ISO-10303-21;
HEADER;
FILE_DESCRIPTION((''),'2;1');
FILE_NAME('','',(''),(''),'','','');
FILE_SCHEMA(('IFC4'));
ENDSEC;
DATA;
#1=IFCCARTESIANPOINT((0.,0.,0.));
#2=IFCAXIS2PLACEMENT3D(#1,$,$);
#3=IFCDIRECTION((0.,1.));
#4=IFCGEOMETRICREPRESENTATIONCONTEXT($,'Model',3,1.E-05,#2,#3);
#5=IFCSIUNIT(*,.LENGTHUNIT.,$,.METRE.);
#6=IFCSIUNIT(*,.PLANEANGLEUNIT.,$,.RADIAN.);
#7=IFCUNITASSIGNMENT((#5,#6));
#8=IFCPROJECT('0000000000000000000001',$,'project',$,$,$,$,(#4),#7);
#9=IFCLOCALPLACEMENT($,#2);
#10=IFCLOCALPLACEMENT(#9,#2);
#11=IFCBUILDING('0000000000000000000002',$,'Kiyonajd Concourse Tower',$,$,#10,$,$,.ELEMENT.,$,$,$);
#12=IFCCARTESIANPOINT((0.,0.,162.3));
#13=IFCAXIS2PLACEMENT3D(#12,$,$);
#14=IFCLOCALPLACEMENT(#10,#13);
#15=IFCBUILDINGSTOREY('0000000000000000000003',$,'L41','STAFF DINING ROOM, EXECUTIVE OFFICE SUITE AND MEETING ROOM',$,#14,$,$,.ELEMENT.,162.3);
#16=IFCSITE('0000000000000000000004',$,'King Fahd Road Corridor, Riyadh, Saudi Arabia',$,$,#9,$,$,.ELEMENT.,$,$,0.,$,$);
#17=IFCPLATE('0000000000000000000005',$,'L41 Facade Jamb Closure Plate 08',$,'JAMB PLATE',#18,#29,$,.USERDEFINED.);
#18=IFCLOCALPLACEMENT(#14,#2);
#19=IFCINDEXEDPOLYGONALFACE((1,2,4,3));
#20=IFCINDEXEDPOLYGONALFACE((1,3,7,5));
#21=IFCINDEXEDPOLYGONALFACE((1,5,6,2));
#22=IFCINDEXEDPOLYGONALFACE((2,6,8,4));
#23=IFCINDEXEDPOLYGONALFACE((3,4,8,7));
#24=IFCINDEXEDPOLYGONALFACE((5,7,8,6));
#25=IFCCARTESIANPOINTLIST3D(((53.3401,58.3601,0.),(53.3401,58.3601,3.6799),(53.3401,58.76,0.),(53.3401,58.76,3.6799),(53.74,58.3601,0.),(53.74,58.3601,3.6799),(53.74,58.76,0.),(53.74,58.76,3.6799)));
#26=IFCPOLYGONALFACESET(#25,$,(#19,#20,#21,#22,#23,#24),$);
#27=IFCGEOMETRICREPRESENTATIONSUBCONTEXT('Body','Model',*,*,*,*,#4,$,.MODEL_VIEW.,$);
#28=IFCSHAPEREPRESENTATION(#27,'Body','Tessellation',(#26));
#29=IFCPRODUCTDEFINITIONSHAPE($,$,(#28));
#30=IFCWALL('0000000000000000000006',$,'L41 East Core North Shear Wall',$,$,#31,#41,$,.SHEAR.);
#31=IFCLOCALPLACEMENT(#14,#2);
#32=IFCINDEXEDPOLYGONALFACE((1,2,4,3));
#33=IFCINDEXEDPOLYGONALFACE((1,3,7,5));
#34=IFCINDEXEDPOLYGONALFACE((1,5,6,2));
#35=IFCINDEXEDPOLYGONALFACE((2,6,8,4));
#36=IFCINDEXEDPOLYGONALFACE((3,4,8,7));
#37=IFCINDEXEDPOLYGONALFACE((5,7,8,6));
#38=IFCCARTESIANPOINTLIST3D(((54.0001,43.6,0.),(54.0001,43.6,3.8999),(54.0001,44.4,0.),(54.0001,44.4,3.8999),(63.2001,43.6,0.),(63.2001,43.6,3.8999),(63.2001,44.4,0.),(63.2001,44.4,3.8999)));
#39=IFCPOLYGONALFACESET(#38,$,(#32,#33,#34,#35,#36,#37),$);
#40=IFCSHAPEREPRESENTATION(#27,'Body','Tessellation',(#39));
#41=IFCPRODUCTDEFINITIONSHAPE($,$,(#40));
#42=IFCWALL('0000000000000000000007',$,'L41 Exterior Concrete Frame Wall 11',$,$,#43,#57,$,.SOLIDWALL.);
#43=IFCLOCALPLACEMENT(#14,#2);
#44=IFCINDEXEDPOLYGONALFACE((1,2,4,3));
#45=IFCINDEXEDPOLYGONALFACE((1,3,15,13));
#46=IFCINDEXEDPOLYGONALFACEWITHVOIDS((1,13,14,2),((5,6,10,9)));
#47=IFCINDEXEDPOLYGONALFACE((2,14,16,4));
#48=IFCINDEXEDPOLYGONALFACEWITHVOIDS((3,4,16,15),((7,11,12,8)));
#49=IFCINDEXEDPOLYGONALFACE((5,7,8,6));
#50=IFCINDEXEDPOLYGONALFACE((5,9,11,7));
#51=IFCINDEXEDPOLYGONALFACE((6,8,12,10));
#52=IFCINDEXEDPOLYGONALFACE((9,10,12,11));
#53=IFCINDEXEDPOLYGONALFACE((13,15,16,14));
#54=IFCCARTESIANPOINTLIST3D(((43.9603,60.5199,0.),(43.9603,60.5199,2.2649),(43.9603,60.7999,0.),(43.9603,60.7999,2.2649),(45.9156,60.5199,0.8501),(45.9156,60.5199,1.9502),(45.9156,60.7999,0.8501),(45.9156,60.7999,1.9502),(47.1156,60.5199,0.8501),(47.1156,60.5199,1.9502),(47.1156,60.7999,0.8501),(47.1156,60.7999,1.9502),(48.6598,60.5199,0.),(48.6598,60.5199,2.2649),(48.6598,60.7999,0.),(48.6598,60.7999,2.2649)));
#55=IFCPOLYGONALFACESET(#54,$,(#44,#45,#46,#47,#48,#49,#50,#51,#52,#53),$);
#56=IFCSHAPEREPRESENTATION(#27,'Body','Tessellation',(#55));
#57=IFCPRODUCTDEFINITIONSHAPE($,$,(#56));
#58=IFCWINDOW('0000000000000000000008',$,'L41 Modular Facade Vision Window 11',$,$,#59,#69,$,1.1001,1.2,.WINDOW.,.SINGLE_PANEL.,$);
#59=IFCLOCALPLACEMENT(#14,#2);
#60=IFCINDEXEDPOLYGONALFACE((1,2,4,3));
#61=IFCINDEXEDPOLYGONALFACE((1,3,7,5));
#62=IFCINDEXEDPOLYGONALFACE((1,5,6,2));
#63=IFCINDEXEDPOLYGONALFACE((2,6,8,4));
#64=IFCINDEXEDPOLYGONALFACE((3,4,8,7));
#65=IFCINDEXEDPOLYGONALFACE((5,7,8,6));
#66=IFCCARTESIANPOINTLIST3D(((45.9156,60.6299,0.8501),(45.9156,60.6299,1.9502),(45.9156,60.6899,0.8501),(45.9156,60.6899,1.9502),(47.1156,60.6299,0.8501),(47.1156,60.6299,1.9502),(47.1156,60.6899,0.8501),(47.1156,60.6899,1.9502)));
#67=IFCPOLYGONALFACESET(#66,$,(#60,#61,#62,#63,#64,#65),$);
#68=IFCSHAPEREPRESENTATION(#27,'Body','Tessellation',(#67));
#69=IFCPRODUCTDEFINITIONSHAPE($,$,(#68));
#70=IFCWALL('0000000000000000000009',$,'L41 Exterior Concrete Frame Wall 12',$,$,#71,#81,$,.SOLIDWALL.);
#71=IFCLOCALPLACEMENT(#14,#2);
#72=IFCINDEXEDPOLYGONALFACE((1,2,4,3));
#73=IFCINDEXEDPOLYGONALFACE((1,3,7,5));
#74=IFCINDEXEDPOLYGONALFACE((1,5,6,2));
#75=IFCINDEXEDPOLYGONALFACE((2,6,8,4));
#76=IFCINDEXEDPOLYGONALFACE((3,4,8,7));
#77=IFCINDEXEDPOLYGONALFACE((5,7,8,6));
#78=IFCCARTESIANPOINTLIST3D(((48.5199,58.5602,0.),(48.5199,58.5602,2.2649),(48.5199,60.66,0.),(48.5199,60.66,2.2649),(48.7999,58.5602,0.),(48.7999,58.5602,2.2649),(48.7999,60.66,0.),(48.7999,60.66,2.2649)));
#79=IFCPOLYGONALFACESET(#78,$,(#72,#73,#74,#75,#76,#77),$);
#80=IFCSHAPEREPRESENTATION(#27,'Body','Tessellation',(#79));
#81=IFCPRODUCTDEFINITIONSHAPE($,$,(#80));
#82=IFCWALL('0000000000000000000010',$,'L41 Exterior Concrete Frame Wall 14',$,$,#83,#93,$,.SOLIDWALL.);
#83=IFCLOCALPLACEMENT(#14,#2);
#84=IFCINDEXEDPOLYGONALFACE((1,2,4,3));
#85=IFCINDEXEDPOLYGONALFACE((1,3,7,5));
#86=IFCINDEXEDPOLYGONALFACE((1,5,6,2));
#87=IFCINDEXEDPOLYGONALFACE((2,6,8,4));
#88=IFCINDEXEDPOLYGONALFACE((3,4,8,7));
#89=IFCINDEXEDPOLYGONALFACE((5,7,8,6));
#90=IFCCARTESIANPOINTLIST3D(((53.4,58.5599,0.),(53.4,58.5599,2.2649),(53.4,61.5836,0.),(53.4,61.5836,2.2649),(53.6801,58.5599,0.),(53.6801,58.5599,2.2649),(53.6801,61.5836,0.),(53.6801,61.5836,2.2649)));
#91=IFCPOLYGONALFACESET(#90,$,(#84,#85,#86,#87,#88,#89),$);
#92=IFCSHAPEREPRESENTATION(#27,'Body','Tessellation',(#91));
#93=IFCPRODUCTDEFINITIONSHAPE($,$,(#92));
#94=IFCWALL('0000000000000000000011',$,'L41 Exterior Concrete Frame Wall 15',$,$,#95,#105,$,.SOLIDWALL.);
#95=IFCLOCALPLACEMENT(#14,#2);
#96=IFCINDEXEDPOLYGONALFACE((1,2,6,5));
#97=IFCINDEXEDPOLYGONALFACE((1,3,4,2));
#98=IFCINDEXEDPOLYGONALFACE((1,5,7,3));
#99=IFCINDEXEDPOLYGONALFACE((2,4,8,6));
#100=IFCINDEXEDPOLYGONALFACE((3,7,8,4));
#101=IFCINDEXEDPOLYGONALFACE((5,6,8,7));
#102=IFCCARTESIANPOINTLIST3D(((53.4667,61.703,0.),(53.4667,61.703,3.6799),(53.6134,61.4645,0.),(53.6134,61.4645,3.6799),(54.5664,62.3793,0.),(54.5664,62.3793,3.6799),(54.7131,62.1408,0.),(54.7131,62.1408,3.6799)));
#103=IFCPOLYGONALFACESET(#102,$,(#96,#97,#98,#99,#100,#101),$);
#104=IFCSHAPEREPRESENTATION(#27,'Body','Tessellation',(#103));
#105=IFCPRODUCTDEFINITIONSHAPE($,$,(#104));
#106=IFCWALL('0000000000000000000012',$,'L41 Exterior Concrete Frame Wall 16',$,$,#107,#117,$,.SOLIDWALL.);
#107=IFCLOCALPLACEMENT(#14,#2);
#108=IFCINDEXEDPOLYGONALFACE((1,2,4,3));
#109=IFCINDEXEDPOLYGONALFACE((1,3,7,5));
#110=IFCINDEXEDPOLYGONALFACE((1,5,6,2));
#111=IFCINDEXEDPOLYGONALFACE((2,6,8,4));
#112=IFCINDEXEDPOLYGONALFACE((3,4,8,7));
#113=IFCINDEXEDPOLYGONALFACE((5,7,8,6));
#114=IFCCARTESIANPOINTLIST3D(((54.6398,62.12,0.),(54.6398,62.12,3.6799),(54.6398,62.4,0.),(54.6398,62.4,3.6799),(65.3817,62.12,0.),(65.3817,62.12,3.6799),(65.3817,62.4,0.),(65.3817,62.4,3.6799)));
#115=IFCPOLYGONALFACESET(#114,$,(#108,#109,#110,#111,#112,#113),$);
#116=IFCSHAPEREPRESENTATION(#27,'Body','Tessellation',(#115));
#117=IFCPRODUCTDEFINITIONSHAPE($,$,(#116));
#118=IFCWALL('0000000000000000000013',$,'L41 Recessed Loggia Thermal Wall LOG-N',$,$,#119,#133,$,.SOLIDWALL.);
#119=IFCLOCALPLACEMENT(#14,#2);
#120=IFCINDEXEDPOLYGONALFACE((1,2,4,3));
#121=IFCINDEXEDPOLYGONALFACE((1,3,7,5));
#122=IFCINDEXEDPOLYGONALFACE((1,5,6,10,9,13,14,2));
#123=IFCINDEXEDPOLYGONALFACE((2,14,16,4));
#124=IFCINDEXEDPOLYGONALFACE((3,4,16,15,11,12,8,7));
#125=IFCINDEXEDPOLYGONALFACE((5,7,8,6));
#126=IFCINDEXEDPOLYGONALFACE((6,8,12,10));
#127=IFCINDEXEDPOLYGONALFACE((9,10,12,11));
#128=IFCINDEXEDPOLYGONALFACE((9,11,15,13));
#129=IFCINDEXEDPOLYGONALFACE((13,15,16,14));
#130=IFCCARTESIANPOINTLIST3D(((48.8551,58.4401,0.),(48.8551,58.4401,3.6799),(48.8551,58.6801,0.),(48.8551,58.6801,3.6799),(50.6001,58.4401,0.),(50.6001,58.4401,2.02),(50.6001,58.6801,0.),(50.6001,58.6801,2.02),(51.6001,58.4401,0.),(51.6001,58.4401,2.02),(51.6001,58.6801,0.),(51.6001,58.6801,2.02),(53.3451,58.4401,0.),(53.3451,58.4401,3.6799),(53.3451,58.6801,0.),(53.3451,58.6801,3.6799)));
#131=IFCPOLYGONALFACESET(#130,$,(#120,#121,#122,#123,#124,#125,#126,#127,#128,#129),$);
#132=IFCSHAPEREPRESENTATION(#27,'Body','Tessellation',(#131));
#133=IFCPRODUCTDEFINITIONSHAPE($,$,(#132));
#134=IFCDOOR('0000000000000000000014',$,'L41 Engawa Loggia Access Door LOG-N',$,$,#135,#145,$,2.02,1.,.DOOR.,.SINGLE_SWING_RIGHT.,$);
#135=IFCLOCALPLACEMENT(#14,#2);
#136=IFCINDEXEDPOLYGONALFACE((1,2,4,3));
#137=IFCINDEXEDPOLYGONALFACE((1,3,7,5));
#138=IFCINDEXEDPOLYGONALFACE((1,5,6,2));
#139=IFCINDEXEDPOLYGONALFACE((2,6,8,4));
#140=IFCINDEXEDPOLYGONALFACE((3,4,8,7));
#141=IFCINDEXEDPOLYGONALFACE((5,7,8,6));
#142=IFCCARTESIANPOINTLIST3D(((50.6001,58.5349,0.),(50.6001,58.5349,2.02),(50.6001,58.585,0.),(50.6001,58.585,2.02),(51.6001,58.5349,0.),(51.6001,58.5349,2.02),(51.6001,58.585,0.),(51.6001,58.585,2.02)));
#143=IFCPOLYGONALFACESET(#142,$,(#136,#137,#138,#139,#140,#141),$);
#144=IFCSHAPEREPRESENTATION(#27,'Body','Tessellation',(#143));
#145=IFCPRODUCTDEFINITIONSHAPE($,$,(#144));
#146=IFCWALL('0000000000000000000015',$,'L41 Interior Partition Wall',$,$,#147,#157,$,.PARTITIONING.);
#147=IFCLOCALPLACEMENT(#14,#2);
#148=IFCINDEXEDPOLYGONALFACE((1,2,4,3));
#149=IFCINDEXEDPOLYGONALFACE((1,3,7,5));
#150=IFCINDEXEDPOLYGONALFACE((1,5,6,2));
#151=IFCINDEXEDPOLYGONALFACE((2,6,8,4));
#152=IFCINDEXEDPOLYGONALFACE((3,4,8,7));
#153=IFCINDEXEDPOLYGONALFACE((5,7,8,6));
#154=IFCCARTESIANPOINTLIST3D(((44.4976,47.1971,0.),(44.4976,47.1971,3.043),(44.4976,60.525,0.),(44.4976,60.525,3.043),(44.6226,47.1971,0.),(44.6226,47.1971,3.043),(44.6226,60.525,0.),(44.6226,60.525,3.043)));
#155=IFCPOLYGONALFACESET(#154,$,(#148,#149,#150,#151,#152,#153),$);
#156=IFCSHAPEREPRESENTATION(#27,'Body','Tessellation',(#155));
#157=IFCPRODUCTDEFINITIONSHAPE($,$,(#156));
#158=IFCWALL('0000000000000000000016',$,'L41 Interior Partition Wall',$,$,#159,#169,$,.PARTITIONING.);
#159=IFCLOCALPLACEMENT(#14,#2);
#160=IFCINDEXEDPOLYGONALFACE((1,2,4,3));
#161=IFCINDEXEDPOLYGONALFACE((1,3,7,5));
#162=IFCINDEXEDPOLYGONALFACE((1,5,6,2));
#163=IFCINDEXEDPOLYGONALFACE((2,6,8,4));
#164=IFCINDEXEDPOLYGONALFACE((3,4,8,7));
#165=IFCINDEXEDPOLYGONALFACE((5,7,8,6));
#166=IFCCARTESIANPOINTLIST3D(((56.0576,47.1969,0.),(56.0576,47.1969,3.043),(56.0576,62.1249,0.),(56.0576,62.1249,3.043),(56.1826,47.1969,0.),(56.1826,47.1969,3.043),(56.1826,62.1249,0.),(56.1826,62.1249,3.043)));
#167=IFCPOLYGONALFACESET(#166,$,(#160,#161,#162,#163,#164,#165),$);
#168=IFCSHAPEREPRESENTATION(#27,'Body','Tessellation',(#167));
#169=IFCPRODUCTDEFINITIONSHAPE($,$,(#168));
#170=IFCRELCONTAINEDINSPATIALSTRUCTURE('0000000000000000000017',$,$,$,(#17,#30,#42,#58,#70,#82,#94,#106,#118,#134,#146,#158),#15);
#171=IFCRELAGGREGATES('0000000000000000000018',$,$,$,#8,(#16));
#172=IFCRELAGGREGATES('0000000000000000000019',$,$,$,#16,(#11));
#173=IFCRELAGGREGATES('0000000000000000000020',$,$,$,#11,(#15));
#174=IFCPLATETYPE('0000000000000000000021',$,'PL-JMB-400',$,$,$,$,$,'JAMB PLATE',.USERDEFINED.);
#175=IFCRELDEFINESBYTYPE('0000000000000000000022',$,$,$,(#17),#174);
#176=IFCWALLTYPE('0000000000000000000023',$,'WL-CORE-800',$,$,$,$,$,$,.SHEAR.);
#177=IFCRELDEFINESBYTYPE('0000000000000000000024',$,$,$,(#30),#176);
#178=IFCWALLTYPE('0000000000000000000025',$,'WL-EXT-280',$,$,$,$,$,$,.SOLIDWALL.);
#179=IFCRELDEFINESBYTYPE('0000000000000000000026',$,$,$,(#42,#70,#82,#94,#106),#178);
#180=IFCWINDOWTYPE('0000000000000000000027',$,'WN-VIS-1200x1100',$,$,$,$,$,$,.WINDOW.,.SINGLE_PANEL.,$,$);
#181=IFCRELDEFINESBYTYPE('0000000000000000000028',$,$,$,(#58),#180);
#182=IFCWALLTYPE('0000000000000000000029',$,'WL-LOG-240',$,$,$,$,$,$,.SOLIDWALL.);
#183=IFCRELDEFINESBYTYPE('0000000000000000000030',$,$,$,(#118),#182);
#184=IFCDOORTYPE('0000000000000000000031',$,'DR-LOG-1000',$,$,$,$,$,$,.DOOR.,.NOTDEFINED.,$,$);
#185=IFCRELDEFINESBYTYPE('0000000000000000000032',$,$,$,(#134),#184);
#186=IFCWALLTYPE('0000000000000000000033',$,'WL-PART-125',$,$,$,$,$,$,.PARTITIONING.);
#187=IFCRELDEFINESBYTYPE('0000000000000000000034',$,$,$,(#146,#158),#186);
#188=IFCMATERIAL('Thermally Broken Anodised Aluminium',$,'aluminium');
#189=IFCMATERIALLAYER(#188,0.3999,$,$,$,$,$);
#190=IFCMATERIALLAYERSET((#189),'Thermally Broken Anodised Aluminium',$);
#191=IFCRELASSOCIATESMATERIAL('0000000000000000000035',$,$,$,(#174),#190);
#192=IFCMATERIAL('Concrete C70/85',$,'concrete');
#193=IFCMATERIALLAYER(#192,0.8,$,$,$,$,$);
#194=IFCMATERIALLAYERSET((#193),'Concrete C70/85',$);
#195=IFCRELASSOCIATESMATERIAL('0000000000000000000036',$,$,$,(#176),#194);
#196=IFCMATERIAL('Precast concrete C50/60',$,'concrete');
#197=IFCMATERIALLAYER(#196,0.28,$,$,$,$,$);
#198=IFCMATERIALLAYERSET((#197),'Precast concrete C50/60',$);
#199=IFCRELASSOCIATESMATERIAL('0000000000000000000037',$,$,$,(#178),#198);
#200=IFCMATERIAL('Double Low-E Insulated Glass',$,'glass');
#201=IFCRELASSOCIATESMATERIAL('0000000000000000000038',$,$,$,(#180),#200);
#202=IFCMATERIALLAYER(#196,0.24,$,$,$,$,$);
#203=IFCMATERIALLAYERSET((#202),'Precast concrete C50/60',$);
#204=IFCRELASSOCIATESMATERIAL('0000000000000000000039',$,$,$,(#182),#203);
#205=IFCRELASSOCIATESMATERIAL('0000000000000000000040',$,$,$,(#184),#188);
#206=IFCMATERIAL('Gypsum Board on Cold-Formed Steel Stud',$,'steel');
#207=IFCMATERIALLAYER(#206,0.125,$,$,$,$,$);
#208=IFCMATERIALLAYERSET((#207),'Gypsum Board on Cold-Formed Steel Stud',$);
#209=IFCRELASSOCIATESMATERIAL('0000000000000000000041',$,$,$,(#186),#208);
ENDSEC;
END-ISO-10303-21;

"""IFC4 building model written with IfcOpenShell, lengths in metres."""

from ifc_helpers import new_model, si_unit, direction, frame, frame_2d, origin, origin_2d, place, context, subcontext, project, spatial, rectangle, extrude, material, layer, layer_set, type_object, element, fill, save


model = new_model("IFC4")

# Units and contexts
model_context = context("Model", 3, precision=1e-05, world=origin(), true_north=direction((0.0, 1.0)))
body_context = subcontext(model_context, "Body", "Model", "MODEL_VIEW")
ifc_project = project(units=[si_unit("LENGTHUNIT", "METRE"), si_unit("PLANEANGLEUNIT", "RADIAN")], contexts=[model_context])

# Site, building, storey
site_placement = place(None, origin())
site = spatial("IfcSite", under=ifc_project, at=site_placement, Name="King Fahd Road Corridor, Riyadh, Saudi Arabia", CompositionType="ELEMENT", RefElevation=0.0)
building_placement = place(site_placement, origin())
building = spatial("IfcBuilding", under=site, at=building_placement, Name="Kiyonajd Concourse Tower", CompositionType="ELEMENT")
storey_placement = place(building_placement, frame((0.0, 0.0, 162.3)))
storey = spatial("IfcBuildingStorey", under=building, at=storey_placement, Name="L41", Description="STAFF DINING ROOM, EXECUTIVE OFFICE SUITE AND MEETING ROOM", CompositionType="ELEMENT", Elevation=162.3)

# Shared definitions
ifc_material_1 = material(Name="Concrete C70/85", Category="concrete")

# Plate
ifc_material_2 = material(Name="Thermally Broken Anodised Aluminium", Category="aluminium")
ifc_layer_1 = layer(ifc_material_2, 0.3999)
ifc_layer_set_1 = layer_set([ifc_layer_1], Name="Thermally Broken Anodised Aluminium")
plate_type_1 = type_object("IfcPlateType", Name="PL-JMB-400", ElementType="JAMB PLATE", PredefinedType="USERDEFINED", material=ifc_layer_set_1)
for number, where, z_axis, x_axis, name in (
    (1, (53.54, 58.5601, 0.0), (0.0, 0.0, 1.0), (1.0, 0.0, 0.0), "L41 Facade Jamb Closure Plate 08"),
):
    element("IfcPlate", number, at=place(storey_placement, frame(where, z_axis=z_axis, x_axis=x_axis)), inside=storey, type_object=plate_type_1, Name=name, ObjectType="JAMB PLATE", PredefinedType="USERDEFINED", context=body_context, shape_type="SweptSolid", body=[
        extrude(rectangle(XDim=0.3999, YDim=0.3999, at=origin_2d()), origin(), (0.0, 0.0, 1.0), 3.6799),
    ])

# Wall
ifc_layer_2 = layer(ifc_material_1, 0.8)
ifc_layer_set_2 = layer_set([ifc_layer_2], Name="Concrete C70/85")
wall_type_1 = type_object("IfcWallType", Name="WL-CORE-800", PredefinedType="SHEAR", material=ifc_layer_set_2)
wall_1_placement = place(storey_placement, frame((54.0, 44.0, 0.0), z_axis=(0.0, 0.0, 1.0), x_axis=(1.0, 0.0, 0.0)))
element("IfcWall", 2, at=wall_1_placement, inside=storey, type_object=wall_type_1, Name="L41 East Core North Shear Wall", PredefinedType="SHEAR", context=body_context, shape_type="SweptSolid", body=[
    extrude(rectangle(XDim=9.2, YDim=0.8, at=frame_2d((4.6001, 0.0))), origin(), (0.0, 0.0, 1.0), 3.8999),
])

# Wall, opening, window
ifc_material_3 = material(Name="Precast concrete C50/60", Category="concrete")
ifc_layer_3 = layer(ifc_material_3, 0.28)
ifc_layer_set_3 = layer_set([ifc_layer_3], Name="Precast concrete C50/60")
wall_type_2 = type_object("IfcWallType", Name="WL-EXT-280", PredefinedType="SOLIDWALL", material=ifc_layer_set_3)
wall_2_placement = place(storey_placement, frame((43.9604, 60.6599, 0.0), z_axis=(0.0, 0.0, 1.0), x_axis=(1.0, 0.0, 0.0)))
wall_2 = element("IfcWall", 3, at=wall_2_placement, inside=storey, type_object=wall_type_2, Name="L41 Exterior Concrete Frame Wall 11", PredefinedType="SOLIDWALL", context=body_context, shape_type="SweptSolid", body=[
    extrude(rectangle(XDim=4.6995, YDim=0.28, at=frame_2d((2.3496, 0.0))), origin(), (0.0, 0.0, 1.0), 2.2649),
])
opening_1_placement = place(wall_2_placement, frame((1.9551, 0.0, 0.8501)))
opening_1 = element("IfcOpeningElement", 4, at=opening_1_placement, cuts=wall_2, PredefinedType="OPENING", context=body_context, shape_type="SweptSolid", body=[
    extrude(rectangle(XDim=1.2, YDim=1.1001, at=frame_2d((0.6001, 0.55))), frame((0.0, 0.1499, 0.0), z_axis=(0.0, -1.0, 0.0), x_axis=(1.0, 0.0, 0.0)), (0.0, 0.0, 1.0), 0.3),
])
ifc_material_4 = material(Name="Double Low-E Insulated Glass", Category="glass")
window_type = type_object("IfcWindowType", Name="WN-VIS-1200x1100", PartitioningType="SINGLE_PANEL", PredefinedType="WINDOW", material=ifc_material_4)
window_placement = place(opening_1_placement, origin())
window = element("IfcWindow", 5, at=window_placement, inside=storey, type_object=window_type, Name="L41 Modular Facade Vision Window 11", OverallHeight=1.1001, OverallWidth=1.2, PartitioningType="SINGLE_PANEL", PredefinedType="WINDOW", context=body_context, shape_type="SweptSolid", body=[
    extrude(rectangle(XDim=1.2, YDim=1.1001, at=frame_2d((0.6001, 0.55))), frame((0.0, 0.03, 0.0), z_axis=(0.0, -1.0, 0.0), x_axis=(1.0, 0.0, 0.0)), (0.0, 0.0, 1.0), 0.0601),
])
fill(opening_1, window)

# Walls
wall_3_placement = place(storey_placement, frame((48.6599, 60.6599, 0.0), z_axis=(0.0, 0.0, 1.0), x_axis=(0.0, -1.0, 0.0)))
element("IfcWall", 6, at=wall_3_placement, inside=storey, type_object=wall_type_2, Name="L41 Exterior Concrete Frame Wall 12", PredefinedType="SOLIDWALL", context=body_context, shape_type="SweptSolid", body=[
    extrude(rectangle(XDim=2.0999, YDim=0.28, at=frame_2d((1.0498, 0.0))), origin(), (0.0, 0.0, 1.0), 2.2649),
])
wall_4_placement = place(storey_placement, frame((53.54, 58.5601, 0.0), z_axis=(0.0, 0.0, 1.0), x_axis=(0.0, 1.0, 0.0)))
element("IfcWall", 7, at=wall_4_placement, inside=storey, type_object=wall_type_2, Name="L41 Exterior Concrete Frame Wall 14", PredefinedType="SOLIDWALL", context=body_context, shape_type="SweptSolid", body=[
    extrude(rectangle(XDim=3.0237, YDim=0.28, at=frame_2d((1.5117, 0.0))), origin(), (0.0, 0.0, 1.0), 2.2649),
])
wall_5_placement = place(storey_placement, frame((53.54, 61.5837, 0.0), z_axis=(0.0, 0.0, 1.0), x_axis=(0.851801, 0.523865, 0.0)))
element("IfcWall", 8, at=wall_5_placement, inside=storey, type_object=wall_type_2, Name="L41 Exterior Concrete Frame Wall 15", PredefinedType="SOLIDWALL", context=body_context, shape_type="SweptSolid", body=[
    extrude(rectangle(XDim=1.291, YDim=0.28, at=frame_2d((0.6455, 0.0))), origin(), (0.0, 0.0, 1.0), 3.6799),
])
wall_6_placement = place(storey_placement, frame((54.6396, 62.26, 0.0), z_axis=(0.0, 0.0, 1.0), x_axis=(1.0, 0.0, 0.0)))
element("IfcWall", 9, at=wall_6_placement, inside=storey, type_object=wall_type_2, Name="L41 Exterior Concrete Frame Wall 16", PredefinedType="SOLIDWALL", context=body_context, shape_type="SweptSolid", body=[
    extrude(rectangle(XDim=10.7419, YDim=0.28, at=frame_2d((5.3711, 0.0))), origin(), (0.0, 0.0, 1.0), 3.6799),
])

# Wall, opening, door
ifc_layer_4 = layer(ifc_material_3, 0.24)
ifc_layer_set_4 = layer_set([ifc_layer_4], Name="Precast concrete C50/60")
wall_type_3 = type_object("IfcWallType", Name="WL-LOG-240", PredefinedType="SOLIDWALL", material=ifc_layer_set_4)
wall_7_placement = place(storey_placement, frame((48.855, 58.5601, 0.0), z_axis=(0.0, 0.0, 1.0), x_axis=(1.0, 0.0, 0.0)))
wall_7 = element("IfcWall", 10, at=wall_7_placement, inside=storey, type_object=wall_type_3, Name="L41 Recessed Loggia Thermal Wall LOG-N", PredefinedType="SOLIDWALL", context=body_context, shape_type="SweptSolid", body=[
    extrude(rectangle(XDim=4.49, YDim=0.24, at=frame_2d((2.2451, 0.0))), origin(), (0.0, 0.0, 1.0), 3.6799),
])
opening_2_placement = place(wall_7_placement, frame((1.7451, 0.0, 0.0)))
opening_2 = element("IfcOpeningElement", 11, at=opening_2_placement, cuts=wall_7, PredefinedType="OPENING", context=body_context, shape_type="SweptSolid", body=[
    extrude(rectangle(XDim=1.0, YDim=2.02, at=frame_2d((0.5, 1.01))), frame((0.0, 0.1299, 0.0), z_axis=(0.0, -1.0, 0.0), x_axis=(1.0, 0.0, 0.0)), (0.0, 0.0, 1.0), 0.26),
])
door_type = type_object("IfcDoorType", Name="DR-LOG-1000", OperationType="NOTDEFINED", PredefinedType="DOOR", material=ifc_material_2)
door_placement = place(opening_2_placement, origin())
door = element("IfcDoor", 12, at=door_placement, inside=storey, type_object=door_type, Name="L41 Engawa Loggia Access Door LOG-N", OperationType="SINGLE_SWING_RIGHT", OverallHeight=2.02, OverallWidth=1.0, PredefinedType="DOOR", context=body_context, shape_type="SweptSolid", body=[
    extrude(rectangle(XDim=1.0, YDim=2.02, at=frame_2d((0.5, 1.01))), frame((0.0, 0.0249, 0.0), z_axis=(0.0, -1.0, 0.0), x_axis=(1.0, 0.0, 0.0)), (0.0, 0.0, 1.0), 0.05),
])
fill(opening_2, door)

# Walls
ifc_material_5 = material(Name="Gypsum Board on Cold-Formed Steel Stud", Category="steel")
ifc_layer_5 = layer(ifc_material_5, 0.125)
ifc_layer_set_5 = layer_set([ifc_layer_5], Name="Gypsum Board on Cold-Formed Steel Stud")
wall_type_4 = type_object("IfcWallType", Name="WL-PART-125", PredefinedType="PARTITIONING", material=ifc_layer_set_5)
wall_8_placement = place(storey_placement, frame((44.5601, 47.197, 0.0), z_axis=(0.0, 0.0, 1.0), x_axis=(0.0, 1.0, 0.0)))
element("IfcWall", 13, at=wall_8_placement, inside=storey, type_object=wall_type_4, Name="L41 Interior Partition Wall", PredefinedType="PARTITIONING", context=body_context, shape_type="SweptSolid", body=[
    extrude(rectangle(XDim=13.3279, YDim=0.125, at=frame_2d((6.6641, 0.0))), origin(), (0.0, 0.0, 1.0), 3.043),
])
wall_9_placement = place(storey_placement, frame((56.1201, 47.197, 0.0), z_axis=(0.0, 0.0, 1.0), x_axis=(0.0, 1.0, 0.0)))
element("IfcWall", 14, at=wall_9_placement, inside=storey, type_object=wall_type_4, Name="L41 Interior Partition Wall", PredefinedType="PARTITIONING", context=body_context, shape_type="SweptSolid", body=[
    extrude(rectangle(XDim=14.928, YDim=0.125, at=frame_2d((7.4639, 0.0))), origin(), (0.0, 0.0, 1.0), 3.043),
])

save(model, "model.ifc")
